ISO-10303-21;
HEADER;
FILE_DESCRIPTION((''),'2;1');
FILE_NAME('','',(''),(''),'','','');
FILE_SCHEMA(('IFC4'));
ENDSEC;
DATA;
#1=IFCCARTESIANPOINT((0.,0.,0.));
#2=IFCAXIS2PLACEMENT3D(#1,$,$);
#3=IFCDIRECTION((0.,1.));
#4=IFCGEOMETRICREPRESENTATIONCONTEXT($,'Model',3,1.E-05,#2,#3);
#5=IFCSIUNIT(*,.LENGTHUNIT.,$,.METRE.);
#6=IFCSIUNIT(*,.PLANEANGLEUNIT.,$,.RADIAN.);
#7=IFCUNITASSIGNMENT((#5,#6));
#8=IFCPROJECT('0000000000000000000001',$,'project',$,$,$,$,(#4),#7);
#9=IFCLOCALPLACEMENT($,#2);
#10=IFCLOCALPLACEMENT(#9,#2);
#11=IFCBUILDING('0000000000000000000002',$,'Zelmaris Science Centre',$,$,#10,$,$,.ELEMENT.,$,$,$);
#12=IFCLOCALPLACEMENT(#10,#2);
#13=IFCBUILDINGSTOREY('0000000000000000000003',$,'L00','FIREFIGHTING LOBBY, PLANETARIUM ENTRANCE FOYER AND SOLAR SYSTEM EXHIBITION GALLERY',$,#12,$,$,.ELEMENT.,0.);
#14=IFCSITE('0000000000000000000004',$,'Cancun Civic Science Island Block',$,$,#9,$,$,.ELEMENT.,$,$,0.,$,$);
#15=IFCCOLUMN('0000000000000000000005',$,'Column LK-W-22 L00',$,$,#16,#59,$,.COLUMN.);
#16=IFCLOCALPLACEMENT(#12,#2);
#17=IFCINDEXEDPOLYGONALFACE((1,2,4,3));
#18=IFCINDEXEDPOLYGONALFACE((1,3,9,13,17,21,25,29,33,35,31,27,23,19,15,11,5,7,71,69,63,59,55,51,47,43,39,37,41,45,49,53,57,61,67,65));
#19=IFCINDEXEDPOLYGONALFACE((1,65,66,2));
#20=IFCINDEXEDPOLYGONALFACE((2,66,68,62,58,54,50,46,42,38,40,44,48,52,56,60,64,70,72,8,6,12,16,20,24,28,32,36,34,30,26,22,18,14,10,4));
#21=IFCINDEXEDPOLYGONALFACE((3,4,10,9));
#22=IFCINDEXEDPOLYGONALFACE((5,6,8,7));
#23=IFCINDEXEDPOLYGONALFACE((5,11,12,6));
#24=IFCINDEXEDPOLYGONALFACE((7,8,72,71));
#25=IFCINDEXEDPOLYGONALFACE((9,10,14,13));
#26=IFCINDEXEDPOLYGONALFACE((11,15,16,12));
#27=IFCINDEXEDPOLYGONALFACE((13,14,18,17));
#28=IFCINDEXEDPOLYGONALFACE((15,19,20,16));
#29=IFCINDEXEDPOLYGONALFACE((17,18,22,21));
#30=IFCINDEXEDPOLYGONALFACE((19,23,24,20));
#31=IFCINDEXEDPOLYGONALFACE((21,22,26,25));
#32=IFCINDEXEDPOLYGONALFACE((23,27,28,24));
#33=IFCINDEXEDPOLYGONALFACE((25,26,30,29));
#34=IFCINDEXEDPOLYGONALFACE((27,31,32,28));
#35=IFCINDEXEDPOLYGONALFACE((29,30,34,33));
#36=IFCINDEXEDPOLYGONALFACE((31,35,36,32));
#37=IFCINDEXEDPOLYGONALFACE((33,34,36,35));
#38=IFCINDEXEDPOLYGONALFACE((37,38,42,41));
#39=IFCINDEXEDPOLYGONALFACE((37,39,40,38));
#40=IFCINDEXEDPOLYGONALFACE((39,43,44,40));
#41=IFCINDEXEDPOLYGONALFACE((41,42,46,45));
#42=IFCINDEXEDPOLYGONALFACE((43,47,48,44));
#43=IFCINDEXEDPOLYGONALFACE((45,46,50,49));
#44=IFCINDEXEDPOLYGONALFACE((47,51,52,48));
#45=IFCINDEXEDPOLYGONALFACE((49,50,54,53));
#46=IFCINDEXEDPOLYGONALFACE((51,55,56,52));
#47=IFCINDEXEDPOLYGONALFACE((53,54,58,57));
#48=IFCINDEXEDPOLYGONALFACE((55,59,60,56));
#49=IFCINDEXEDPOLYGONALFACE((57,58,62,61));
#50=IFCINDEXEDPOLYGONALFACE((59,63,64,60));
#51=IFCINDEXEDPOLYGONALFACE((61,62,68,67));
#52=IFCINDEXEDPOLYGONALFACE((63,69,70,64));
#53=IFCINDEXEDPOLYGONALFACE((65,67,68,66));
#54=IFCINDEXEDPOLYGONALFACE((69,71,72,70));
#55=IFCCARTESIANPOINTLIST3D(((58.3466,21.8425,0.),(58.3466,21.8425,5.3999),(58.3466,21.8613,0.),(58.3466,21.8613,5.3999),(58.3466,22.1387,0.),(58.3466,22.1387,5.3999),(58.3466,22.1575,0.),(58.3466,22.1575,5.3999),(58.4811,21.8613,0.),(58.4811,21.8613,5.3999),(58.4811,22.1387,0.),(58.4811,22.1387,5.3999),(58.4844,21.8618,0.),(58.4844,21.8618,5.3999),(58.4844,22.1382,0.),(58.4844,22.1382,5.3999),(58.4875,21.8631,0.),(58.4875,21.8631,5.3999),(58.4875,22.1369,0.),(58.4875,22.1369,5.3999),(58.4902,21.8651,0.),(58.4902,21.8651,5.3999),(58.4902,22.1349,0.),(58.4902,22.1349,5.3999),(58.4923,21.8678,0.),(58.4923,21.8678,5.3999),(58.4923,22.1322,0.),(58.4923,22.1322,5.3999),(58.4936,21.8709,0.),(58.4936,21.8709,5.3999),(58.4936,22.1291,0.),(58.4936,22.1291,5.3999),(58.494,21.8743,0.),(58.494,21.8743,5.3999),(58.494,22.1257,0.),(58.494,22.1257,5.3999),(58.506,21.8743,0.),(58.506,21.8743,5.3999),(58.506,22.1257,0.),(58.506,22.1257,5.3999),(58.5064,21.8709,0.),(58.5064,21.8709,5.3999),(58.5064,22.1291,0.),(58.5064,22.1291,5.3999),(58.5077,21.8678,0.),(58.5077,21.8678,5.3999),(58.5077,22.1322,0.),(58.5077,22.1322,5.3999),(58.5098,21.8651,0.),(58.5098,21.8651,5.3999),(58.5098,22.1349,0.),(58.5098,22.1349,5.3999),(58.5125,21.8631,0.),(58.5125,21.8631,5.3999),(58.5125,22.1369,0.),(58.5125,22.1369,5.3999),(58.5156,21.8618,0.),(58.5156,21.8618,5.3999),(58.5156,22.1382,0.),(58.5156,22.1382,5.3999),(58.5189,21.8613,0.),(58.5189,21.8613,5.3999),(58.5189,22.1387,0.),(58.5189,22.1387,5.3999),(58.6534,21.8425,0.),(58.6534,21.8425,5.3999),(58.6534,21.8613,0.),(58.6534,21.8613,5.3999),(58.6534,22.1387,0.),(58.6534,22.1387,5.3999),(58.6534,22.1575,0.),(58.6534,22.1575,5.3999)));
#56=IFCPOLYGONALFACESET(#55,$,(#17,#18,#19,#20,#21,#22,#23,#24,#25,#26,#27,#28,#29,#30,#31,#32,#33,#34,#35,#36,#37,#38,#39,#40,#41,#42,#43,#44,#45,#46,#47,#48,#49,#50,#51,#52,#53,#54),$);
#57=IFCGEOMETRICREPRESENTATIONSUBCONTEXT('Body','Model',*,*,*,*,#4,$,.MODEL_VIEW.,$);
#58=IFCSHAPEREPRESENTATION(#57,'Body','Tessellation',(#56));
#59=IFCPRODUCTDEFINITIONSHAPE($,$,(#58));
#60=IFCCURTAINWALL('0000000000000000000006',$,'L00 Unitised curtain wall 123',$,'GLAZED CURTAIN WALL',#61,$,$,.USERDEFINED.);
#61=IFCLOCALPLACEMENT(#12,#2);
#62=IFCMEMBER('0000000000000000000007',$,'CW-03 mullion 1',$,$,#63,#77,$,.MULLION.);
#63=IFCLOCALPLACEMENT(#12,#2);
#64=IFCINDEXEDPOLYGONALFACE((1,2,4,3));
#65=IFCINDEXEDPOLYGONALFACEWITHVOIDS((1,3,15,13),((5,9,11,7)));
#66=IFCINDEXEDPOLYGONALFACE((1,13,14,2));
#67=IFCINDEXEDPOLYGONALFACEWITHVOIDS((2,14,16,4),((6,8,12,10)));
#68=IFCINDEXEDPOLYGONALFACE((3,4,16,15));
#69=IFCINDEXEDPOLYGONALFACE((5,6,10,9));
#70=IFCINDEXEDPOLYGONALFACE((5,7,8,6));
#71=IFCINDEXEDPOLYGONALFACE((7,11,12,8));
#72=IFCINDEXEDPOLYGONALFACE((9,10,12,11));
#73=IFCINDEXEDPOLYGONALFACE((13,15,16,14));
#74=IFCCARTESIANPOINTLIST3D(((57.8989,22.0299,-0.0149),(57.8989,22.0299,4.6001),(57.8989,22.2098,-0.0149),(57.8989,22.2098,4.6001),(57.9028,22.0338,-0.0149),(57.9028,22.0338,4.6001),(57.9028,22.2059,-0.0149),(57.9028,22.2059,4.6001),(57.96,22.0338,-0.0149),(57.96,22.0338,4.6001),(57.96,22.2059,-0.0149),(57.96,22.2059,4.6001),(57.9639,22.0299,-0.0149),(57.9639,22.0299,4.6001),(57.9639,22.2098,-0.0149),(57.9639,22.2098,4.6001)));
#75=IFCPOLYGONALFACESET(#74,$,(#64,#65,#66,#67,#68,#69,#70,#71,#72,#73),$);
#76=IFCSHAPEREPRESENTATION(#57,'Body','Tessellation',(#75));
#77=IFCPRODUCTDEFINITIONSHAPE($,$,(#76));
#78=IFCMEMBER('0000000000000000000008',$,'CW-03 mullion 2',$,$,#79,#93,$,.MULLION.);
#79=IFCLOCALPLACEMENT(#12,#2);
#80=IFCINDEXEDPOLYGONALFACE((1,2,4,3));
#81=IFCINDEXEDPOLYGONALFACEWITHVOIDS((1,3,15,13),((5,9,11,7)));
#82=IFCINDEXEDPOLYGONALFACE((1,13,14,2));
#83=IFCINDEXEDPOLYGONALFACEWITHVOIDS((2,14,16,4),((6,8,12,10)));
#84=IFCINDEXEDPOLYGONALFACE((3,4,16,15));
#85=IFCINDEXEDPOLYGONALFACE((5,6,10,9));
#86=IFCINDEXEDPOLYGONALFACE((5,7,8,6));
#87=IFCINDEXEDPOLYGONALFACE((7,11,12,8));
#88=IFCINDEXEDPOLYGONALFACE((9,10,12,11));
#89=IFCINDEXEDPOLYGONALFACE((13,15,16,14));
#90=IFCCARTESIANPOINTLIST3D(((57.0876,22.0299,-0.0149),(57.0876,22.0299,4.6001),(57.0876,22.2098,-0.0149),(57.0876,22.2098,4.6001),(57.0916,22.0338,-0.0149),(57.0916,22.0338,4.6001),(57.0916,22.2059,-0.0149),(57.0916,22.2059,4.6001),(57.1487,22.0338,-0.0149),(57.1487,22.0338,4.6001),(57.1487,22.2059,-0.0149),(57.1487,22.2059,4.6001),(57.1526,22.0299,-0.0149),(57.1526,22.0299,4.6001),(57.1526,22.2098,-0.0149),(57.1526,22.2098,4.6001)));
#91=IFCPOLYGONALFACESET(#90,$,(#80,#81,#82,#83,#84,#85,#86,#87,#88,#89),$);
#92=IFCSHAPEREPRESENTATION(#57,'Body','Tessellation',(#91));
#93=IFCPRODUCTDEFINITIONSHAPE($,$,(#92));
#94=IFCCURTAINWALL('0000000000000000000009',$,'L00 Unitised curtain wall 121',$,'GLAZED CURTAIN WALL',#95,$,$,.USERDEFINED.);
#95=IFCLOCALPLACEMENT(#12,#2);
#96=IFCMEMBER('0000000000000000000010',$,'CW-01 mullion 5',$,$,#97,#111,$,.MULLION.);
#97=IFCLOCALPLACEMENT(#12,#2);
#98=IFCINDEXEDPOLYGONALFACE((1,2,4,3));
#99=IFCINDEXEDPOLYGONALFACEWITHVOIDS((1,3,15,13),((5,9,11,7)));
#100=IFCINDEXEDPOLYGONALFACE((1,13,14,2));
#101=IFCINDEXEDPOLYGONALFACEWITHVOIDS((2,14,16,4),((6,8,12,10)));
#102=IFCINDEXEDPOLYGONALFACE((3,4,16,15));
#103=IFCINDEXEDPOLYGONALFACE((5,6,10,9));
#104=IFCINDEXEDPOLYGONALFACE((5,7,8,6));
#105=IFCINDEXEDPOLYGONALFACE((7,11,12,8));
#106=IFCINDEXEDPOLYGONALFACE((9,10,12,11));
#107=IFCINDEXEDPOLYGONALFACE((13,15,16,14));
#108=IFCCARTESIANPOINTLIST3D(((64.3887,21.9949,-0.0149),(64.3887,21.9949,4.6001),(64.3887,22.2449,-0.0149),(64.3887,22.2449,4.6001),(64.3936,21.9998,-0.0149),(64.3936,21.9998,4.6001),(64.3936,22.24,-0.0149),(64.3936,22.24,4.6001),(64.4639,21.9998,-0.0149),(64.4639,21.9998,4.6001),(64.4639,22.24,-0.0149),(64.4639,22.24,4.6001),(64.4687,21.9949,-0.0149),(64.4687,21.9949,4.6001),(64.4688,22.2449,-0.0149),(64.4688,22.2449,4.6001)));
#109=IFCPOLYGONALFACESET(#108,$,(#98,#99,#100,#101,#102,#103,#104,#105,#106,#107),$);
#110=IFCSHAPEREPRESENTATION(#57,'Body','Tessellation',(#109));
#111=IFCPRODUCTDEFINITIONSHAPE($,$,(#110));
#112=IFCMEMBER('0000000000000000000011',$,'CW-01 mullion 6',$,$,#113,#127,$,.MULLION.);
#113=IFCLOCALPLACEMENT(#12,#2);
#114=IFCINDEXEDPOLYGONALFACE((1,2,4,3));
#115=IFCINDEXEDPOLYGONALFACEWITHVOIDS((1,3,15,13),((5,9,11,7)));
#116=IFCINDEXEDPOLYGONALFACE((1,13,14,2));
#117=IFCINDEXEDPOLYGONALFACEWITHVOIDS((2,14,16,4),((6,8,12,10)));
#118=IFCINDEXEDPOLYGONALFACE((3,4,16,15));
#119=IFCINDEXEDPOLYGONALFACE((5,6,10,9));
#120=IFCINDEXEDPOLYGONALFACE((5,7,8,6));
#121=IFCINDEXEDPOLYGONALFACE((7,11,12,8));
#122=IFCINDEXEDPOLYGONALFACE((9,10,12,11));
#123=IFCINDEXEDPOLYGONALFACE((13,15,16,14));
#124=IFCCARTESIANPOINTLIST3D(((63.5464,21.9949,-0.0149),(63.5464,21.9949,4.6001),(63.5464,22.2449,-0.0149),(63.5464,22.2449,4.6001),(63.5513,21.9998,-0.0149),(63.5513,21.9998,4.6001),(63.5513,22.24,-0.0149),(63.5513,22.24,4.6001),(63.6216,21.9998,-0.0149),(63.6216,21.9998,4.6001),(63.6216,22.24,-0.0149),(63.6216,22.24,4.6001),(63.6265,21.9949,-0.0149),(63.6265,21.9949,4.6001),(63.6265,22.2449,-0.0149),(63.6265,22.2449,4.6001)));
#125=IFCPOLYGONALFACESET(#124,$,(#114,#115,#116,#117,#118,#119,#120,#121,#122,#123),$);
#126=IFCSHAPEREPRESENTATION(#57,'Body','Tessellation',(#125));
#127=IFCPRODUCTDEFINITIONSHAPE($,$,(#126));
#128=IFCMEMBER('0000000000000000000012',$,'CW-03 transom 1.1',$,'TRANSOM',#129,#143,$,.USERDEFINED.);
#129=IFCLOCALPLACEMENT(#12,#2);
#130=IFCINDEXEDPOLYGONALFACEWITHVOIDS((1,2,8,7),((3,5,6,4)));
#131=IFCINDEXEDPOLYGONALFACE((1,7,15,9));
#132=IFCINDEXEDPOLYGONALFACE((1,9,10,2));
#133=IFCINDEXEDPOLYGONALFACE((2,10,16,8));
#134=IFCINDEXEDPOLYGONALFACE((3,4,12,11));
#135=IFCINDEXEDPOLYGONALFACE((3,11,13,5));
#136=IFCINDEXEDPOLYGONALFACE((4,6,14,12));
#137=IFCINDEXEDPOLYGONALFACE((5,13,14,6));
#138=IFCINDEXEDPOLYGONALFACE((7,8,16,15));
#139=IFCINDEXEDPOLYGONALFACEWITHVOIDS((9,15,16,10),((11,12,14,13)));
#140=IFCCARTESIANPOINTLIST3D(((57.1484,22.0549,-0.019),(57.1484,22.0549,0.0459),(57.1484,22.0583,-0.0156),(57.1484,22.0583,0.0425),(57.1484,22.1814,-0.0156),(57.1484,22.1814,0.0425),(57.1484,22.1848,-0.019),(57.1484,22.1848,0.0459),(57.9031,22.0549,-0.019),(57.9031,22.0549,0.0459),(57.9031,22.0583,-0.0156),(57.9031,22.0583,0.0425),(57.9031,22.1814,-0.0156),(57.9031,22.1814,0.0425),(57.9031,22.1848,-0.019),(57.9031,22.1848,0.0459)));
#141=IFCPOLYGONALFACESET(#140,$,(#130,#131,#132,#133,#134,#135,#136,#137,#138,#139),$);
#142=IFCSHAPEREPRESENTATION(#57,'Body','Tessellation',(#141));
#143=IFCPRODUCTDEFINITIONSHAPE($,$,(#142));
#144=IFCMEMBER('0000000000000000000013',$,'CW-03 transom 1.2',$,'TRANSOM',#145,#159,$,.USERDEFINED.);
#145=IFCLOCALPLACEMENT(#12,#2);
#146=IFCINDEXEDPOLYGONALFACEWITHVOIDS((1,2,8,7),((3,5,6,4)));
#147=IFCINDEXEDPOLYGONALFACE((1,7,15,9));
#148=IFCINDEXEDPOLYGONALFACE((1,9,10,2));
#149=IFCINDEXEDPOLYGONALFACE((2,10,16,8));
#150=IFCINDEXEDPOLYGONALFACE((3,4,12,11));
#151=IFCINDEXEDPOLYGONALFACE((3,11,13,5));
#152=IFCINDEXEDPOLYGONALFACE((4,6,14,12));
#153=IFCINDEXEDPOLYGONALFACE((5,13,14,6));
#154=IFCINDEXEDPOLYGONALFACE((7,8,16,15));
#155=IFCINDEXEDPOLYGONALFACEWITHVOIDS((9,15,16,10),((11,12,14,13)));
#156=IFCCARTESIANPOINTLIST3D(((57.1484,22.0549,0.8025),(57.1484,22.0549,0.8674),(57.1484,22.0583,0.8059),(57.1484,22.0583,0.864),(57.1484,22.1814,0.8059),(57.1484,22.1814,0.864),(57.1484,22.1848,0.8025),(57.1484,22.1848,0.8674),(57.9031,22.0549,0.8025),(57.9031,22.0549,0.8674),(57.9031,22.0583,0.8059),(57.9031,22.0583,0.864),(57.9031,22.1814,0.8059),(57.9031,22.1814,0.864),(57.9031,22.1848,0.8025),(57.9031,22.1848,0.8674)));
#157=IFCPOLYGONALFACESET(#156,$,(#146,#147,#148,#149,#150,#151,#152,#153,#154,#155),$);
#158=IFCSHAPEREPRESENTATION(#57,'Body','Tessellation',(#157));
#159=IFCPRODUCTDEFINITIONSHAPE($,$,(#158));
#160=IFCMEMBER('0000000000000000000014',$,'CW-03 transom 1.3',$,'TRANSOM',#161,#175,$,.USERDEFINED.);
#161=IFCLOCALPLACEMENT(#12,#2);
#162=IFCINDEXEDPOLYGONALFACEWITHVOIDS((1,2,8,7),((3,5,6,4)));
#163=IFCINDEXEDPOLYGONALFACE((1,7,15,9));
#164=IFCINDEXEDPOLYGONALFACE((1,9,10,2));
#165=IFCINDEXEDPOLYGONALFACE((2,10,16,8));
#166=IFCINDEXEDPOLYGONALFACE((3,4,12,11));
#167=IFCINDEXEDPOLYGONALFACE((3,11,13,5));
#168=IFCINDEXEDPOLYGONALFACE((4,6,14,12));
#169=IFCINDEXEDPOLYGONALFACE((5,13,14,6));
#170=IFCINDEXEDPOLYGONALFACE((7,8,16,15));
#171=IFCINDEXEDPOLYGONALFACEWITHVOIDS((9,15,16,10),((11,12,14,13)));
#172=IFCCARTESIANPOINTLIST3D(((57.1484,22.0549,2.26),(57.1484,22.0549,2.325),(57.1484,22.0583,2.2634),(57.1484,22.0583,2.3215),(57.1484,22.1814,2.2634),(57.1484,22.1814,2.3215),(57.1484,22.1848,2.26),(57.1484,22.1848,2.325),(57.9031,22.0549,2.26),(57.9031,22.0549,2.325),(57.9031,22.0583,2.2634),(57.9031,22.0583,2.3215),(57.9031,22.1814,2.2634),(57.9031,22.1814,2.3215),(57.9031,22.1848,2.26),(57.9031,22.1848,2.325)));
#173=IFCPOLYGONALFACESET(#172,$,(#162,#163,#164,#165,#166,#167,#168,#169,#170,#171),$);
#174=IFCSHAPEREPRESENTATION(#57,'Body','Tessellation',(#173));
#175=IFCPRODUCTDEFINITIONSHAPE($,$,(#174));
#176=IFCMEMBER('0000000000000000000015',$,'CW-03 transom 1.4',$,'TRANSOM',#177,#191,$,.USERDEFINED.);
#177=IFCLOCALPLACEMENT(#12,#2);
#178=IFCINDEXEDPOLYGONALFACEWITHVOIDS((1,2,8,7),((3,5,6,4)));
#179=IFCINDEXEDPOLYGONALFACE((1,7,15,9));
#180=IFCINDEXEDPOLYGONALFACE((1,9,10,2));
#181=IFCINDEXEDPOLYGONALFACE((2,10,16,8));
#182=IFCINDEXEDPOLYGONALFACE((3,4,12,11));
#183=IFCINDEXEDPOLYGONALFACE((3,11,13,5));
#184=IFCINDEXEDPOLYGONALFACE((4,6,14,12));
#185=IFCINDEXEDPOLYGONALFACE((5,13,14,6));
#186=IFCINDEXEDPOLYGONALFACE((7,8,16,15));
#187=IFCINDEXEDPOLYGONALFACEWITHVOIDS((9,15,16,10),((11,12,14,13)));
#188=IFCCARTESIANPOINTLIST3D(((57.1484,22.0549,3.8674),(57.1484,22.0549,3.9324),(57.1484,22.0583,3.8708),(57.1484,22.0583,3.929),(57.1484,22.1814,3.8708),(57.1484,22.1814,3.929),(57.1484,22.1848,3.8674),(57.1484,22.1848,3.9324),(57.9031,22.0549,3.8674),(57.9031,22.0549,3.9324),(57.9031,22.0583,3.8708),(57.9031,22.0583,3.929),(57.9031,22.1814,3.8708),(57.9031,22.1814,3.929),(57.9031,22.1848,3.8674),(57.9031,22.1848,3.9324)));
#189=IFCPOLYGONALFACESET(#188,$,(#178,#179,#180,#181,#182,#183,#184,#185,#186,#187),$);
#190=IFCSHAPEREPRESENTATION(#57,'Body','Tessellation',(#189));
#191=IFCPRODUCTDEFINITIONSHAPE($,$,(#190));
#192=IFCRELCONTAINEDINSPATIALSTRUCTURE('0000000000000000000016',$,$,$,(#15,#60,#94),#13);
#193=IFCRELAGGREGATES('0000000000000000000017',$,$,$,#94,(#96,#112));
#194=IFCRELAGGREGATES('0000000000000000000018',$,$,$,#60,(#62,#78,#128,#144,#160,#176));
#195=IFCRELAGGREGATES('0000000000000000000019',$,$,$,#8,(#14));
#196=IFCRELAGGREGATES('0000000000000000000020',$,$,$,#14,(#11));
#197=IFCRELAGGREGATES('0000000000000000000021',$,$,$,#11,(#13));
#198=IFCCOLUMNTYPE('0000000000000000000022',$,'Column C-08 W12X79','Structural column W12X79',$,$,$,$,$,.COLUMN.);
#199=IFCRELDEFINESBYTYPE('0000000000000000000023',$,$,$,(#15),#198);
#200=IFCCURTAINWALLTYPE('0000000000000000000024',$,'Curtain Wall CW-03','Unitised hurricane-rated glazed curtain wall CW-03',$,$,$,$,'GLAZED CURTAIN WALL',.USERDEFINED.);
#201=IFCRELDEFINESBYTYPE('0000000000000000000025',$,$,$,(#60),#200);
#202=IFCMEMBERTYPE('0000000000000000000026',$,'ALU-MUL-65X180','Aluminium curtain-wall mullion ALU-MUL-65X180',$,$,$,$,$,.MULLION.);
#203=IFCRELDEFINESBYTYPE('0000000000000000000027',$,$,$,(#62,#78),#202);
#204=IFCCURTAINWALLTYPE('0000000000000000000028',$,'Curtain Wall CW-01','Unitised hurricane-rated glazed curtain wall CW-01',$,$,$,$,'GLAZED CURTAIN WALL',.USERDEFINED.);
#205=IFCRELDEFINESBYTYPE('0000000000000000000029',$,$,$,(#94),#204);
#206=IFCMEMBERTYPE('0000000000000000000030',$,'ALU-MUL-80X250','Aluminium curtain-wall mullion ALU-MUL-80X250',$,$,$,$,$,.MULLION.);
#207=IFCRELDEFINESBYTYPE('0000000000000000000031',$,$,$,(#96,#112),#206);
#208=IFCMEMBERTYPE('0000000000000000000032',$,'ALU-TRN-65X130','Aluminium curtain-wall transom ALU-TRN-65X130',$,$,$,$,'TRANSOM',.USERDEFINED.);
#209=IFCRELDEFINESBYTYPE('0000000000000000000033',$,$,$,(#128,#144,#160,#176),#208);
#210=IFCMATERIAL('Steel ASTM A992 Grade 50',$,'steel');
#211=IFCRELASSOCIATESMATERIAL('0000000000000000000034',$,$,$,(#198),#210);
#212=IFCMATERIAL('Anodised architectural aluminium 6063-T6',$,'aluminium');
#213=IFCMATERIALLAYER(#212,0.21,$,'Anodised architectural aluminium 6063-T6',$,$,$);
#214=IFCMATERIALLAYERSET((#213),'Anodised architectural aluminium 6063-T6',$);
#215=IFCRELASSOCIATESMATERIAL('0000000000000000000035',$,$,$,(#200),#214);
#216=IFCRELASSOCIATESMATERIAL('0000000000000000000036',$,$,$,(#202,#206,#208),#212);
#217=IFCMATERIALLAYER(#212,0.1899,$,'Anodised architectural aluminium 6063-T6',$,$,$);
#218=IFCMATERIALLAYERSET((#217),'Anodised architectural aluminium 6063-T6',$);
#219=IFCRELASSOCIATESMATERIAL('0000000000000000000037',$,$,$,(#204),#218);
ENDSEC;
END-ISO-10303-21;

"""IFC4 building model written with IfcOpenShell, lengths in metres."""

from ifc_helpers import new_model, si_unit, direction, frame, origin, origin_2d, place, context, subcontext, project, spatial, hollow_rectangle, i_section, extrude, material, layer, layer_set, material_profile, profile_set, type_object, element, aggregate, save


model = new_model("IFC4")

# Units and contexts
model_context = context("Model", 3, precision=1e-05, world=origin(), true_north=direction((0.0, 1.0)))
body_context = subcontext(model_context, "Body", "Model", "MODEL_VIEW")
ifc_project = project(units=[si_unit("LENGTHUNIT", "METRE"), si_unit("PLANEANGLEUNIT", "RADIAN")], contexts=[model_context])

# Site, building, storey
site_placement = place(None, origin())
site = spatial("IfcSite", under=ifc_project, at=site_placement, Name="Cancun Civic Science Island Block", CompositionType="ELEMENT", RefElevation=0.0)
building_placement = place(site_placement, origin())
building = spatial("IfcBuilding", under=site, at=building_placement, Name="Zelmaris Science Centre", CompositionType="ELEMENT")
storey_placement = place(building_placement, origin())
storey = spatial("IfcBuildingStorey", under=building, at=storey_placement, Name="L00", Description="FIREFIGHTING LOBBY, PLANETARIUM ENTRANCE FOYER AND SOLAR SYSTEM EXHIBITION GALLERY", CompositionType="ELEMENT", Elevation=0.0)

# Column
ifc_material_1 = material(Name="Steel ASTM A992 Grade 50", Category="steel")
ifc_material_profile_1 = material_profile(ifc_material_1, i_section(OverallWidth=0.3069, OverallDepth=0.3149, WebThickness=0.012, FlangeThickness=0.0188, FilletRadius=0.0129, at=origin_2d()), Name="W12X79")
ifc_profile_set_1 = profile_set([ifc_material_profile_1], Name="Steel ASTM A992 Grade 50")
column_type = type_object("IfcColumnType", Name="Column C-08 W12X79", Description="Structural column W12X79", PredefinedType="COLUMN", material=ifc_profile_set_1)
column_placement = place(storey_placement, frame((58.5, 22.0, 0.0), z_axis=(0.0, 0.0, 1.0), x_axis=(1.0, 0.0, 0.0)))
element("IfcColumn", 1, at=column_placement, inside=storey, type_object=column_type, Name="Column LK-W-22 L00", PredefinedType="COLUMN", context=body_context, shape_type="SweptSolid", body=[
    extrude(i_section(OverallWidth=0.3069, OverallDepth=0.3149, WebThickness=0.012, FlangeThickness=0.0188, FilletRadius=0.0129, at=origin_2d()), origin(), (0.0, 0.0, 1.0), 5.3999),
])

# Curtain walls, members
ifc_material_2 = material(Name="Anodised architectural aluminium 6063-T6", Category="aluminium")
ifc_layer_1 = layer(ifc_material_2, 0.21, Name="Anodised architectural aluminium 6063-T6")
ifc_layer_set_1 = layer_set([ifc_layer_1], Name="Anodised architectural aluminium 6063-T6")
curtain_wall_type_1 = type_object("IfcCurtainWallType", Name="Curtain Wall CW-03", Description="Unitised hurricane-rated glazed curtain wall CW-03", ElementType="GLAZED CURTAIN WALL", PredefinedType="USERDEFINED", material=ifc_layer_set_1)
curtain_wall_1_placement = place(storey_placement, origin())
curtain_wall_1 = element("IfcCurtainWall", 2, at=curtain_wall_1_placement, inside=storey, type_object=curtain_wall_type_1, Name="L00 Unitised curtain wall 123", ObjectType="GLAZED CURTAIN WALL", PredefinedType="USERDEFINED")
ifc_material_profile_2 = material_profile(ifc_material_2, hollow_rectangle(XDim=0.0649, YDim=0.1799, WallThickness=0.0039, at=origin_2d()), Name="ALU-MUL-65X180")
ifc_profile_set_2 = profile_set([ifc_material_profile_2], Name="Anodised architectural aluminium 6063-T6")
member_type_1 = type_object("IfcMemberType", Name="ALU-MUL-65X180", Description="Aluminium curtain-wall mullion ALU-MUL-65X180", PredefinedType="MULLION", material=ifc_profile_set_2)
member_1_placement = place(storey_placement, frame((57.9314, 22.1199, -0.0149), z_axis=(0.0, 0.0, 1.0), x_axis=(-1.0, 0.000019, 0.0)))
member_1 = element("IfcMember", 3, at=member_1_placement, type_object=member_type_1, Name="CW-03 mullion 1", PredefinedType="MULLION", context=body_context, shape_type="SweptSolid", body=[
    extrude(hollow_rectangle(XDim=0.0649, YDim=0.1799, WallThickness=0.0039, at=origin_2d()), origin(), (0.0, 0.0, 1.0), 4.615),
])
member_2_placement = place(storey_placement, frame((57.1201, 22.1199, -0.0149), z_axis=(0.0, 0.0, 1.0), x_axis=(-1.0, 0.000019, 0.0)))
member_2 = element("IfcMember", 4, at=member_2_placement, type_object=member_type_1, Name="CW-03 mullion 2", PredefinedType="MULLION", context=body_context, shape_type="SweptSolid", body=[
    extrude(hollow_rectangle(XDim=0.0649, YDim=0.1799, WallThickness=0.0039, at=origin_2d()), origin(), (0.0, 0.0, 1.0), 4.615),
])
ifc_layer_2 = layer(ifc_material_2, 0.1899, Name="Anodised architectural aluminium 6063-T6")
ifc_layer_set_2 = layer_set([ifc_layer_2], Name="Anodised architectural aluminium 6063-T6")
curtain_wall_type_2 = type_object("IfcCurtainWallType", Name="Curtain Wall CW-01", Description="Unitised hurricane-rated glazed curtain wall CW-01", ElementType="GLAZED CURTAIN WALL", PredefinedType="USERDEFINED", material=ifc_layer_set_2)
curtain_wall_2_placement = place(storey_placement, origin())
curtain_wall_2 = element("IfcCurtainWall", 5, at=curtain_wall_2_placement, inside=storey, type_object=curtain_wall_type_2, Name="L00 Unitised curtain wall 121", ObjectType="GLAZED CURTAIN WALL", PredefinedType="USERDEFINED")
ifc_material_profile_3 = material_profile(ifc_material_2, hollow_rectangle(XDim=0.0801, YDim=0.25, WallThickness=0.0049, at=origin_2d()), Name="ALU-MUL-80X250")
ifc_profile_set_3 = profile_set([ifc_material_profile_3], Name="Anodised architectural aluminium 6063-T6")
member_type_2 = type_object("IfcMemberType", Name="ALU-MUL-80X250", Description="Aluminium curtain-wall mullion ALU-MUL-80X250", PredefinedType="MULLION", material=ifc_profile_set_3)
member_3_placement = place(storey_placement, frame((64.4287, 22.1199, -0.0149), z_axis=(0.0, 0.0, 1.0), x_axis=(-1.0, 0.000019, 0.0)))
member_3 = element("IfcMember", 6, at=member_3_placement, type_object=member_type_2, Name="CW-01 mullion 5", PredefinedType="MULLION", context=body_context, shape_type="SweptSolid", body=[
    extrude(hollow_rectangle(XDim=0.0801, YDim=0.25, WallThickness=0.0049, at=origin_2d()), origin(), (0.0, 0.0, 1.0), 4.615),
])
member_4_placement = place(storey_placement, frame((63.5864, 22.1199, -0.0149), z_axis=(0.0, 0.0, 1.0), x_axis=(-1.0, 0.000019, 0.0)))
member_4 = element("IfcMember", 7, at=member_4_placement, type_object=member_type_2, Name="CW-01 mullion 6", PredefinedType="MULLION", context=body_context, shape_type="SweptSolid", body=[
    extrude(hollow_rectangle(XDim=0.0801, YDim=0.25, WallThickness=0.0049, at=origin_2d()), origin(), (0.0, 0.0, 1.0), 4.615),
])

# Members
ifc_material_profile_4 = material_profile(ifc_material_2, hollow_rectangle(XDim=0.0649, YDim=0.1299, WallThickness=0.0034, at=origin_2d()), Name="ALU-TRN-65X130")
ifc_profile_set_4 = profile_set([ifc_material_profile_4], Name="Anodised architectural aluminium 6063-T6")
member_type_3 = type_object("IfcMemberType", Name="ALU-TRN-65X130", Description="Aluminium curtain-wall transom ALU-TRN-65X130", ElementType="TRANSOM", PredefinedType="USERDEFINED", material=ifc_profile_set_4)
member_5_placement = place(storey_placement, frame((57.9031, 22.1199, 0.0134), z_axis=(-1.0, 0.0, 0.0), x_axis=(0.0, 0.0, 1.0)))
member_5 = element("IfcMember", 8, at=member_5_placement, type_object=member_type_3, Name="CW-03 transom 1.1", ObjectType="TRANSOM", PredefinedType="USERDEFINED", context=body_context, shape_type="SweptSolid", body=[
    extrude(hollow_rectangle(XDim=0.0649, YDim=0.1299, WallThickness=0.0034, at=origin_2d()), origin(), (0.0, 0.0, 1.0), 0.7546),
])
member_6_placement = place(storey_placement, frame((57.9031, 22.1199, 0.835), z_axis=(-1.0, 0.0, 0.0), x_axis=(0.0, 0.0, 1.0)))
member_6 = element("IfcMember", 9, at=member_6_placement, type_object=member_type_3, Name="CW-03 transom 1.2", ObjectType="TRANSOM", PredefinedType="USERDEFINED", context=body_context, shape_type="SweptSolid", body=[
    extrude(hollow_rectangle(XDim=0.0649, YDim=0.1299, WallThickness=0.0034, at=origin_2d()), origin(), (0.0, 0.0, 1.0), 0.7546),
])
member_7_placement = place(storey_placement, frame((57.9031, 22.1199, 2.2925), z_axis=(-1.0, 0.0, 0.0), x_axis=(0.0, 0.0, 1.0)))
member_7 = element("IfcMember", 10, at=member_7_placement, type_object=member_type_3, Name="CW-03 transom 1.3", ObjectType="TRANSOM", PredefinedType="USERDEFINED", context=body_context, shape_type="SweptSolid", body=[
    extrude(hollow_rectangle(XDim=0.0649, YDim=0.1299, WallThickness=0.0034, at=origin_2d()), origin(), (0.0, 0.0, 1.0), 0.7546),
])
member_8_placement = place(storey_placement, frame((57.9031, 22.1199, 3.8999), z_axis=(-1.0, 0.0, 0.0), x_axis=(0.0, 0.0, 1.0)))
member_8 = element("IfcMember", 11, at=member_8_placement, type_object=member_type_3, Name="CW-03 transom 1.4", ObjectType="TRANSOM", PredefinedType="USERDEFINED", context=body_context, shape_type="SweptSolid", body=[
    extrude(hollow_rectangle(XDim=0.0649, YDim=0.1299, WallThickness=0.0034, at=origin_2d()), origin(), (0.0, 0.0, 1.0), 0.7546),
])

aggregate(curtain_wall_2, [member_3, member_4])
aggregate(curtain_wall_1, [member_1, member_2, member_5, member_6, member_7, member_8])

save(model, "model.ifc")
